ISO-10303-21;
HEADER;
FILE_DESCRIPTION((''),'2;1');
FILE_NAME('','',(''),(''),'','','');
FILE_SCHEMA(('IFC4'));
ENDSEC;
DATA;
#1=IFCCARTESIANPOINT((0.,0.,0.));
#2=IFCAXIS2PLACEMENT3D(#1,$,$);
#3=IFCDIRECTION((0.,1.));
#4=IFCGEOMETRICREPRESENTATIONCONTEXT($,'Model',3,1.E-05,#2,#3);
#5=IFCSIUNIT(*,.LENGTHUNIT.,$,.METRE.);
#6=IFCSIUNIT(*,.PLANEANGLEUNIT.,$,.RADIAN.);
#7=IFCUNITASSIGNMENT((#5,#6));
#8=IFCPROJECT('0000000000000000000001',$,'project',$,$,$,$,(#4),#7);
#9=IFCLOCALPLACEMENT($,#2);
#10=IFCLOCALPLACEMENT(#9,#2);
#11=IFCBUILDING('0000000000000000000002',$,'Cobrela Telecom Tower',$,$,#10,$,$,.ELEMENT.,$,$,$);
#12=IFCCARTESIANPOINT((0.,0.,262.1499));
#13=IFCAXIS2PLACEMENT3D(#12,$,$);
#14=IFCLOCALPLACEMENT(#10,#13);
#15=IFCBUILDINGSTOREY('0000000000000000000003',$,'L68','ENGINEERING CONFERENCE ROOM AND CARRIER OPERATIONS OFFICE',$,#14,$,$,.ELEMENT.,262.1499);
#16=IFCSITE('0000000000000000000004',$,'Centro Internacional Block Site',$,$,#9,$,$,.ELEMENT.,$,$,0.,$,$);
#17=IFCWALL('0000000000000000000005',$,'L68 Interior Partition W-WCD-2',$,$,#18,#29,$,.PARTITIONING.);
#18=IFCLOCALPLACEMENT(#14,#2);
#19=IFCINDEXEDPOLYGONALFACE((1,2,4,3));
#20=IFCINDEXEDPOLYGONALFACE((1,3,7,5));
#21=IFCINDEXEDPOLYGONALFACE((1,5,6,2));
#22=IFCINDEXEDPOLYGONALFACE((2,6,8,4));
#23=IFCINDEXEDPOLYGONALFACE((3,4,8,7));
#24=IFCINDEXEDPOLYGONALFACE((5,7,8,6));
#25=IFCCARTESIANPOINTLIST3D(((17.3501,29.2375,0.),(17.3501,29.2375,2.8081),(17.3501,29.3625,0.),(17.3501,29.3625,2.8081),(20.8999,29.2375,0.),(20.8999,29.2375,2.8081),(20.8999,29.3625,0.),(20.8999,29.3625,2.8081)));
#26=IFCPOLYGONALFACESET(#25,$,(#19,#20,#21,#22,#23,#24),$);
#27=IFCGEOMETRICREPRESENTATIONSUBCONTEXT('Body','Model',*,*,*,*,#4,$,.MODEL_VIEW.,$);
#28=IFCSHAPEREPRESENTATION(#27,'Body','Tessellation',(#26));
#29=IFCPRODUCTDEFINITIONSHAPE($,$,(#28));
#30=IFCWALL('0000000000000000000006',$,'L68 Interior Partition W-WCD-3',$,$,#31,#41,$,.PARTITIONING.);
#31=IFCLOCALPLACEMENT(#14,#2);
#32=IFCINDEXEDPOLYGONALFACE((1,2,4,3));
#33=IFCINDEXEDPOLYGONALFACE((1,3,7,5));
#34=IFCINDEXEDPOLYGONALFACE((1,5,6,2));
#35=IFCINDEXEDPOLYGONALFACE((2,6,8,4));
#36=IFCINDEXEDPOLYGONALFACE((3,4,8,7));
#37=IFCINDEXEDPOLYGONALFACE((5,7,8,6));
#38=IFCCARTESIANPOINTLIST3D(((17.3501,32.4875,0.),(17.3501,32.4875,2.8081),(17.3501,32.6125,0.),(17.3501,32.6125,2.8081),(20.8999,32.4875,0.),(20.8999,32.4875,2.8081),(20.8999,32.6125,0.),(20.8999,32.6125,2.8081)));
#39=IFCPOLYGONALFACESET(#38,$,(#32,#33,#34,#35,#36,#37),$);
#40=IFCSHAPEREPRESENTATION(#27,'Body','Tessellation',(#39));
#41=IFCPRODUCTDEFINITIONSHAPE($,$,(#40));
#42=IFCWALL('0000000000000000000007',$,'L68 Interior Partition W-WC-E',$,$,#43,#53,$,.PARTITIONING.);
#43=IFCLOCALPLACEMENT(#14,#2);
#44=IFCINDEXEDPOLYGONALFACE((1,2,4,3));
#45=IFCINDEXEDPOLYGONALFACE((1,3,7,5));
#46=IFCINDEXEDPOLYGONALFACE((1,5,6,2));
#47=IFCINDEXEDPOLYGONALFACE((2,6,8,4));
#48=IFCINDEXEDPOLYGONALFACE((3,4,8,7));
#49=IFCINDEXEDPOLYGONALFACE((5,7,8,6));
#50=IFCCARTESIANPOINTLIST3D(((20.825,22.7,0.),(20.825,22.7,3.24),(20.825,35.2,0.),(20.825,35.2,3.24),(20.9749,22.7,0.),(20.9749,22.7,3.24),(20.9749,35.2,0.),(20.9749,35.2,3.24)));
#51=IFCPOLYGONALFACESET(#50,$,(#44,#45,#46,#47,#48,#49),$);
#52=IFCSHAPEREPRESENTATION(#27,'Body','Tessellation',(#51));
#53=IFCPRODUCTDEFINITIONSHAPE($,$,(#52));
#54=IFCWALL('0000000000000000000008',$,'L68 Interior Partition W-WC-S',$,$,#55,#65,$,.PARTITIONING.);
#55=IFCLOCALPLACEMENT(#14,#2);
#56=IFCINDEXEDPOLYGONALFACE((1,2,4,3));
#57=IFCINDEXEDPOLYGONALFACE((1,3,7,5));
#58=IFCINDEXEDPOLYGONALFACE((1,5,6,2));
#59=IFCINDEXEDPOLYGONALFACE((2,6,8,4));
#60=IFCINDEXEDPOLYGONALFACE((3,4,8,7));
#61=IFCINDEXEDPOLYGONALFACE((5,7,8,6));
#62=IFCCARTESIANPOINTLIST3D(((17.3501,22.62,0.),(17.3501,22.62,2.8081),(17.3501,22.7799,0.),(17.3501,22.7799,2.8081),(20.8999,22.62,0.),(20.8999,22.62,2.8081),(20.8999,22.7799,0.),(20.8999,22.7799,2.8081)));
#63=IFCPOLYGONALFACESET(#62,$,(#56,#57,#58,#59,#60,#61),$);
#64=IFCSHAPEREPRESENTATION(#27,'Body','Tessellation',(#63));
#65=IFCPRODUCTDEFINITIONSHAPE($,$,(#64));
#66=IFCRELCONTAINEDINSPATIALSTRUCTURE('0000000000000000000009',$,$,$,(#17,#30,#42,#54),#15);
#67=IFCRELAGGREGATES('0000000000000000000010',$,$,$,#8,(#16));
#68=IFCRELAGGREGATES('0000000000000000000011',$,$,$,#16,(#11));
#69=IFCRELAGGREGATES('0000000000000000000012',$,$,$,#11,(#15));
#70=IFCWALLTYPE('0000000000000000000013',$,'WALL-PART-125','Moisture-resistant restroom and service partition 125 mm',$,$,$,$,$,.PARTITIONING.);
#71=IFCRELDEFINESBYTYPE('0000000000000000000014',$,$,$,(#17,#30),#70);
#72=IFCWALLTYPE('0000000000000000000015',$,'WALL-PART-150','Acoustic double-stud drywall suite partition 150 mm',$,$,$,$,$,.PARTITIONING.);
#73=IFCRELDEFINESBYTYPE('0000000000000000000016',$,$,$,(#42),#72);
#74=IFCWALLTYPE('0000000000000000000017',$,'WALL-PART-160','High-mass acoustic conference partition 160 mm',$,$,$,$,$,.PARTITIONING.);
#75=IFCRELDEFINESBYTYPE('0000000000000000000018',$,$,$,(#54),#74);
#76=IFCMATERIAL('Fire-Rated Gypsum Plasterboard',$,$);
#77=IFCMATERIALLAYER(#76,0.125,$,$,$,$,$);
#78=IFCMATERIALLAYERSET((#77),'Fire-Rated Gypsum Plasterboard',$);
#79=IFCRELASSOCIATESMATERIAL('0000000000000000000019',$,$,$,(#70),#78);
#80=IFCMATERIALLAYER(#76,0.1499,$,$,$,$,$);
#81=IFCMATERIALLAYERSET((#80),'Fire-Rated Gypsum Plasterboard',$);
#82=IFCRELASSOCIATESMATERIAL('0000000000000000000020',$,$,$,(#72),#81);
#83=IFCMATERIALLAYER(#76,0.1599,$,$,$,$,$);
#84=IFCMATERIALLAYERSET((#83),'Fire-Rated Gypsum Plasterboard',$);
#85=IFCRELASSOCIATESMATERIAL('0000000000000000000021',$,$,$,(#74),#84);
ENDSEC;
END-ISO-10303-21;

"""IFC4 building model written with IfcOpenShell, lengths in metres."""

from ifc_helpers import new_model, si_unit, direction, frame, frame_2d, origin, place, context, subcontext, project, spatial, rectangle, extrude, material, layer, layer_set, type_object, element, save


model = new_model("IFC4")

# Units and contexts
model_context = context("Model", 3, precision=1e-05, world=origin(), true_north=direction((0.0, 1.0)))
body_context = subcontext(model_context, "Body", "Model", "MODEL_VIEW")
ifc_project = project(units=[si_unit("LENGTHUNIT", "METRE"), si_unit("PLANEANGLEUNIT", "RADIAN")], contexts=[model_context])

# Site, building, storey
site_placement = place(None, origin())
site = spatial("IfcSite", under=ifc_project, at=site_placement, Name="Centro Internacional Block Site", CompositionType="ELEMENT", RefElevation=0.0)
building_placement = place(site_placement, origin())
building = spatial("IfcBuilding", under=site, at=building_placement, Name="Cobrela Telecom Tower", CompositionType="ELEMENT")
storey_placement = place(building_placement, frame((0.0, 0.0, 262.1499)))
storey = spatial("IfcBuildingStorey", under=building, at=storey_placement, Name="L68", Description="ENGINEERING CONFERENCE ROOM AND CARRIER OPERATIONS OFFICE", CompositionType="ELEMENT", Elevation=262.1499)

# Walls
ifc_material_1 = material(Name="Fire-Rated Gypsum Plasterboard")
ifc_layer_1 = layer(ifc_material_1, 0.125)
ifc_layer_set_1 = layer_set([ifc_layer_1], Name="Fire-Rated Gypsum Plasterboard")
wall_type_1 = type_object("IfcWallType", Name="WALL-PART-125", Description="Moisture-resistant restroom and service partition 125 mm", PredefinedType="PARTITIONING", material=ifc_layer_set_1)
for number, where, z_axis, x_axis, name in (
    (1, (17.3501, 29.3, 0.0), (0.0, 0.0, 1.0), (1.0, 0.0, 0.0), "L68 Interior Partition W-WCD-2"),
    (2, (17.3501, 32.55, 0.0), (0.0, 0.0, 1.0), (1.0, 0.0, 0.0), "L68 Interior Partition W-WCD-3"),
):
    element("IfcWall", number, at=place(storey_placement, frame(where, z_axis=z_axis, x_axis=x_axis)), inside=storey, type_object=wall_type_1, Name=name, PredefinedType="PARTITIONING", context=body_context, shape_type="SweptSolid", body=[
        extrude(rectangle(XDim=3.5498, YDim=0.125, at=frame_2d((1.7749, 0.0))), origin(), (0.0, 0.0, 1.0), 2.8081),
    ])
ifc_layer_2 = layer(ifc_material_1, 0.1499)
ifc_layer_set_2 = layer_set([ifc_layer_2], Name="Fire-Rated Gypsum Plasterboard")
wall_type_2 = type_object("IfcWallType", Name="WALL-PART-150", Description="Acoustic double-stud drywall suite partition 150 mm", PredefinedType="PARTITIONING", material=ifc_layer_set_2)
wall_1_placement = place(storey_placement, frame((20.8999, 22.7, 0.0), z_axis=(0.0, 0.0, 1.0), x_axis=(0.0, 1.0, 0.0)))
element("IfcWall", 3, at=wall_1_placement, inside=storey, type_object=wall_type_2, Name="L68 Interior Partition W-WC-E", PredefinedType="PARTITIONING", context=body_context, shape_type="SweptSolid", body=[
    extrude(rectangle(XDim=12.5, YDim=0.1499, at=frame_2d((6.25, 0.0))), origin(), (0.0, 0.0, 1.0), 3.24),
])
ifc_layer_3 = layer(ifc_material_1, 0.1599)
ifc_layer_set_3 = layer_set([ifc_layer_3], Name="Fire-Rated Gypsum Plasterboard")
wall_type_3 = type_object("IfcWallType", Name="WALL-PART-160", Description="High-mass acoustic conference partition 160 mm", PredefinedType="PARTITIONING", material=ifc_layer_set_3)
wall_2_placement = place(storey_placement, frame((17.3501, 22.7, 0.0), z_axis=(0.0, 0.0, 1.0), x_axis=(1.0, 0.0, 0.0)))
element("IfcWall", 4, at=wall_2_placement, inside=storey, type_object=wall_type_3, Name="L68 Interior Partition W-WC-S", PredefinedType="PARTITIONING", context=body_context, shape_type="SweptSolid", body=[
    extrude(rectangle(XDim=3.5498, YDim=0.1599, at=frame_2d((1.7749, 0.0))), origin(), (0.0, 0.0, 1.0), 2.8081),
])

save(model, "model.ifc")
